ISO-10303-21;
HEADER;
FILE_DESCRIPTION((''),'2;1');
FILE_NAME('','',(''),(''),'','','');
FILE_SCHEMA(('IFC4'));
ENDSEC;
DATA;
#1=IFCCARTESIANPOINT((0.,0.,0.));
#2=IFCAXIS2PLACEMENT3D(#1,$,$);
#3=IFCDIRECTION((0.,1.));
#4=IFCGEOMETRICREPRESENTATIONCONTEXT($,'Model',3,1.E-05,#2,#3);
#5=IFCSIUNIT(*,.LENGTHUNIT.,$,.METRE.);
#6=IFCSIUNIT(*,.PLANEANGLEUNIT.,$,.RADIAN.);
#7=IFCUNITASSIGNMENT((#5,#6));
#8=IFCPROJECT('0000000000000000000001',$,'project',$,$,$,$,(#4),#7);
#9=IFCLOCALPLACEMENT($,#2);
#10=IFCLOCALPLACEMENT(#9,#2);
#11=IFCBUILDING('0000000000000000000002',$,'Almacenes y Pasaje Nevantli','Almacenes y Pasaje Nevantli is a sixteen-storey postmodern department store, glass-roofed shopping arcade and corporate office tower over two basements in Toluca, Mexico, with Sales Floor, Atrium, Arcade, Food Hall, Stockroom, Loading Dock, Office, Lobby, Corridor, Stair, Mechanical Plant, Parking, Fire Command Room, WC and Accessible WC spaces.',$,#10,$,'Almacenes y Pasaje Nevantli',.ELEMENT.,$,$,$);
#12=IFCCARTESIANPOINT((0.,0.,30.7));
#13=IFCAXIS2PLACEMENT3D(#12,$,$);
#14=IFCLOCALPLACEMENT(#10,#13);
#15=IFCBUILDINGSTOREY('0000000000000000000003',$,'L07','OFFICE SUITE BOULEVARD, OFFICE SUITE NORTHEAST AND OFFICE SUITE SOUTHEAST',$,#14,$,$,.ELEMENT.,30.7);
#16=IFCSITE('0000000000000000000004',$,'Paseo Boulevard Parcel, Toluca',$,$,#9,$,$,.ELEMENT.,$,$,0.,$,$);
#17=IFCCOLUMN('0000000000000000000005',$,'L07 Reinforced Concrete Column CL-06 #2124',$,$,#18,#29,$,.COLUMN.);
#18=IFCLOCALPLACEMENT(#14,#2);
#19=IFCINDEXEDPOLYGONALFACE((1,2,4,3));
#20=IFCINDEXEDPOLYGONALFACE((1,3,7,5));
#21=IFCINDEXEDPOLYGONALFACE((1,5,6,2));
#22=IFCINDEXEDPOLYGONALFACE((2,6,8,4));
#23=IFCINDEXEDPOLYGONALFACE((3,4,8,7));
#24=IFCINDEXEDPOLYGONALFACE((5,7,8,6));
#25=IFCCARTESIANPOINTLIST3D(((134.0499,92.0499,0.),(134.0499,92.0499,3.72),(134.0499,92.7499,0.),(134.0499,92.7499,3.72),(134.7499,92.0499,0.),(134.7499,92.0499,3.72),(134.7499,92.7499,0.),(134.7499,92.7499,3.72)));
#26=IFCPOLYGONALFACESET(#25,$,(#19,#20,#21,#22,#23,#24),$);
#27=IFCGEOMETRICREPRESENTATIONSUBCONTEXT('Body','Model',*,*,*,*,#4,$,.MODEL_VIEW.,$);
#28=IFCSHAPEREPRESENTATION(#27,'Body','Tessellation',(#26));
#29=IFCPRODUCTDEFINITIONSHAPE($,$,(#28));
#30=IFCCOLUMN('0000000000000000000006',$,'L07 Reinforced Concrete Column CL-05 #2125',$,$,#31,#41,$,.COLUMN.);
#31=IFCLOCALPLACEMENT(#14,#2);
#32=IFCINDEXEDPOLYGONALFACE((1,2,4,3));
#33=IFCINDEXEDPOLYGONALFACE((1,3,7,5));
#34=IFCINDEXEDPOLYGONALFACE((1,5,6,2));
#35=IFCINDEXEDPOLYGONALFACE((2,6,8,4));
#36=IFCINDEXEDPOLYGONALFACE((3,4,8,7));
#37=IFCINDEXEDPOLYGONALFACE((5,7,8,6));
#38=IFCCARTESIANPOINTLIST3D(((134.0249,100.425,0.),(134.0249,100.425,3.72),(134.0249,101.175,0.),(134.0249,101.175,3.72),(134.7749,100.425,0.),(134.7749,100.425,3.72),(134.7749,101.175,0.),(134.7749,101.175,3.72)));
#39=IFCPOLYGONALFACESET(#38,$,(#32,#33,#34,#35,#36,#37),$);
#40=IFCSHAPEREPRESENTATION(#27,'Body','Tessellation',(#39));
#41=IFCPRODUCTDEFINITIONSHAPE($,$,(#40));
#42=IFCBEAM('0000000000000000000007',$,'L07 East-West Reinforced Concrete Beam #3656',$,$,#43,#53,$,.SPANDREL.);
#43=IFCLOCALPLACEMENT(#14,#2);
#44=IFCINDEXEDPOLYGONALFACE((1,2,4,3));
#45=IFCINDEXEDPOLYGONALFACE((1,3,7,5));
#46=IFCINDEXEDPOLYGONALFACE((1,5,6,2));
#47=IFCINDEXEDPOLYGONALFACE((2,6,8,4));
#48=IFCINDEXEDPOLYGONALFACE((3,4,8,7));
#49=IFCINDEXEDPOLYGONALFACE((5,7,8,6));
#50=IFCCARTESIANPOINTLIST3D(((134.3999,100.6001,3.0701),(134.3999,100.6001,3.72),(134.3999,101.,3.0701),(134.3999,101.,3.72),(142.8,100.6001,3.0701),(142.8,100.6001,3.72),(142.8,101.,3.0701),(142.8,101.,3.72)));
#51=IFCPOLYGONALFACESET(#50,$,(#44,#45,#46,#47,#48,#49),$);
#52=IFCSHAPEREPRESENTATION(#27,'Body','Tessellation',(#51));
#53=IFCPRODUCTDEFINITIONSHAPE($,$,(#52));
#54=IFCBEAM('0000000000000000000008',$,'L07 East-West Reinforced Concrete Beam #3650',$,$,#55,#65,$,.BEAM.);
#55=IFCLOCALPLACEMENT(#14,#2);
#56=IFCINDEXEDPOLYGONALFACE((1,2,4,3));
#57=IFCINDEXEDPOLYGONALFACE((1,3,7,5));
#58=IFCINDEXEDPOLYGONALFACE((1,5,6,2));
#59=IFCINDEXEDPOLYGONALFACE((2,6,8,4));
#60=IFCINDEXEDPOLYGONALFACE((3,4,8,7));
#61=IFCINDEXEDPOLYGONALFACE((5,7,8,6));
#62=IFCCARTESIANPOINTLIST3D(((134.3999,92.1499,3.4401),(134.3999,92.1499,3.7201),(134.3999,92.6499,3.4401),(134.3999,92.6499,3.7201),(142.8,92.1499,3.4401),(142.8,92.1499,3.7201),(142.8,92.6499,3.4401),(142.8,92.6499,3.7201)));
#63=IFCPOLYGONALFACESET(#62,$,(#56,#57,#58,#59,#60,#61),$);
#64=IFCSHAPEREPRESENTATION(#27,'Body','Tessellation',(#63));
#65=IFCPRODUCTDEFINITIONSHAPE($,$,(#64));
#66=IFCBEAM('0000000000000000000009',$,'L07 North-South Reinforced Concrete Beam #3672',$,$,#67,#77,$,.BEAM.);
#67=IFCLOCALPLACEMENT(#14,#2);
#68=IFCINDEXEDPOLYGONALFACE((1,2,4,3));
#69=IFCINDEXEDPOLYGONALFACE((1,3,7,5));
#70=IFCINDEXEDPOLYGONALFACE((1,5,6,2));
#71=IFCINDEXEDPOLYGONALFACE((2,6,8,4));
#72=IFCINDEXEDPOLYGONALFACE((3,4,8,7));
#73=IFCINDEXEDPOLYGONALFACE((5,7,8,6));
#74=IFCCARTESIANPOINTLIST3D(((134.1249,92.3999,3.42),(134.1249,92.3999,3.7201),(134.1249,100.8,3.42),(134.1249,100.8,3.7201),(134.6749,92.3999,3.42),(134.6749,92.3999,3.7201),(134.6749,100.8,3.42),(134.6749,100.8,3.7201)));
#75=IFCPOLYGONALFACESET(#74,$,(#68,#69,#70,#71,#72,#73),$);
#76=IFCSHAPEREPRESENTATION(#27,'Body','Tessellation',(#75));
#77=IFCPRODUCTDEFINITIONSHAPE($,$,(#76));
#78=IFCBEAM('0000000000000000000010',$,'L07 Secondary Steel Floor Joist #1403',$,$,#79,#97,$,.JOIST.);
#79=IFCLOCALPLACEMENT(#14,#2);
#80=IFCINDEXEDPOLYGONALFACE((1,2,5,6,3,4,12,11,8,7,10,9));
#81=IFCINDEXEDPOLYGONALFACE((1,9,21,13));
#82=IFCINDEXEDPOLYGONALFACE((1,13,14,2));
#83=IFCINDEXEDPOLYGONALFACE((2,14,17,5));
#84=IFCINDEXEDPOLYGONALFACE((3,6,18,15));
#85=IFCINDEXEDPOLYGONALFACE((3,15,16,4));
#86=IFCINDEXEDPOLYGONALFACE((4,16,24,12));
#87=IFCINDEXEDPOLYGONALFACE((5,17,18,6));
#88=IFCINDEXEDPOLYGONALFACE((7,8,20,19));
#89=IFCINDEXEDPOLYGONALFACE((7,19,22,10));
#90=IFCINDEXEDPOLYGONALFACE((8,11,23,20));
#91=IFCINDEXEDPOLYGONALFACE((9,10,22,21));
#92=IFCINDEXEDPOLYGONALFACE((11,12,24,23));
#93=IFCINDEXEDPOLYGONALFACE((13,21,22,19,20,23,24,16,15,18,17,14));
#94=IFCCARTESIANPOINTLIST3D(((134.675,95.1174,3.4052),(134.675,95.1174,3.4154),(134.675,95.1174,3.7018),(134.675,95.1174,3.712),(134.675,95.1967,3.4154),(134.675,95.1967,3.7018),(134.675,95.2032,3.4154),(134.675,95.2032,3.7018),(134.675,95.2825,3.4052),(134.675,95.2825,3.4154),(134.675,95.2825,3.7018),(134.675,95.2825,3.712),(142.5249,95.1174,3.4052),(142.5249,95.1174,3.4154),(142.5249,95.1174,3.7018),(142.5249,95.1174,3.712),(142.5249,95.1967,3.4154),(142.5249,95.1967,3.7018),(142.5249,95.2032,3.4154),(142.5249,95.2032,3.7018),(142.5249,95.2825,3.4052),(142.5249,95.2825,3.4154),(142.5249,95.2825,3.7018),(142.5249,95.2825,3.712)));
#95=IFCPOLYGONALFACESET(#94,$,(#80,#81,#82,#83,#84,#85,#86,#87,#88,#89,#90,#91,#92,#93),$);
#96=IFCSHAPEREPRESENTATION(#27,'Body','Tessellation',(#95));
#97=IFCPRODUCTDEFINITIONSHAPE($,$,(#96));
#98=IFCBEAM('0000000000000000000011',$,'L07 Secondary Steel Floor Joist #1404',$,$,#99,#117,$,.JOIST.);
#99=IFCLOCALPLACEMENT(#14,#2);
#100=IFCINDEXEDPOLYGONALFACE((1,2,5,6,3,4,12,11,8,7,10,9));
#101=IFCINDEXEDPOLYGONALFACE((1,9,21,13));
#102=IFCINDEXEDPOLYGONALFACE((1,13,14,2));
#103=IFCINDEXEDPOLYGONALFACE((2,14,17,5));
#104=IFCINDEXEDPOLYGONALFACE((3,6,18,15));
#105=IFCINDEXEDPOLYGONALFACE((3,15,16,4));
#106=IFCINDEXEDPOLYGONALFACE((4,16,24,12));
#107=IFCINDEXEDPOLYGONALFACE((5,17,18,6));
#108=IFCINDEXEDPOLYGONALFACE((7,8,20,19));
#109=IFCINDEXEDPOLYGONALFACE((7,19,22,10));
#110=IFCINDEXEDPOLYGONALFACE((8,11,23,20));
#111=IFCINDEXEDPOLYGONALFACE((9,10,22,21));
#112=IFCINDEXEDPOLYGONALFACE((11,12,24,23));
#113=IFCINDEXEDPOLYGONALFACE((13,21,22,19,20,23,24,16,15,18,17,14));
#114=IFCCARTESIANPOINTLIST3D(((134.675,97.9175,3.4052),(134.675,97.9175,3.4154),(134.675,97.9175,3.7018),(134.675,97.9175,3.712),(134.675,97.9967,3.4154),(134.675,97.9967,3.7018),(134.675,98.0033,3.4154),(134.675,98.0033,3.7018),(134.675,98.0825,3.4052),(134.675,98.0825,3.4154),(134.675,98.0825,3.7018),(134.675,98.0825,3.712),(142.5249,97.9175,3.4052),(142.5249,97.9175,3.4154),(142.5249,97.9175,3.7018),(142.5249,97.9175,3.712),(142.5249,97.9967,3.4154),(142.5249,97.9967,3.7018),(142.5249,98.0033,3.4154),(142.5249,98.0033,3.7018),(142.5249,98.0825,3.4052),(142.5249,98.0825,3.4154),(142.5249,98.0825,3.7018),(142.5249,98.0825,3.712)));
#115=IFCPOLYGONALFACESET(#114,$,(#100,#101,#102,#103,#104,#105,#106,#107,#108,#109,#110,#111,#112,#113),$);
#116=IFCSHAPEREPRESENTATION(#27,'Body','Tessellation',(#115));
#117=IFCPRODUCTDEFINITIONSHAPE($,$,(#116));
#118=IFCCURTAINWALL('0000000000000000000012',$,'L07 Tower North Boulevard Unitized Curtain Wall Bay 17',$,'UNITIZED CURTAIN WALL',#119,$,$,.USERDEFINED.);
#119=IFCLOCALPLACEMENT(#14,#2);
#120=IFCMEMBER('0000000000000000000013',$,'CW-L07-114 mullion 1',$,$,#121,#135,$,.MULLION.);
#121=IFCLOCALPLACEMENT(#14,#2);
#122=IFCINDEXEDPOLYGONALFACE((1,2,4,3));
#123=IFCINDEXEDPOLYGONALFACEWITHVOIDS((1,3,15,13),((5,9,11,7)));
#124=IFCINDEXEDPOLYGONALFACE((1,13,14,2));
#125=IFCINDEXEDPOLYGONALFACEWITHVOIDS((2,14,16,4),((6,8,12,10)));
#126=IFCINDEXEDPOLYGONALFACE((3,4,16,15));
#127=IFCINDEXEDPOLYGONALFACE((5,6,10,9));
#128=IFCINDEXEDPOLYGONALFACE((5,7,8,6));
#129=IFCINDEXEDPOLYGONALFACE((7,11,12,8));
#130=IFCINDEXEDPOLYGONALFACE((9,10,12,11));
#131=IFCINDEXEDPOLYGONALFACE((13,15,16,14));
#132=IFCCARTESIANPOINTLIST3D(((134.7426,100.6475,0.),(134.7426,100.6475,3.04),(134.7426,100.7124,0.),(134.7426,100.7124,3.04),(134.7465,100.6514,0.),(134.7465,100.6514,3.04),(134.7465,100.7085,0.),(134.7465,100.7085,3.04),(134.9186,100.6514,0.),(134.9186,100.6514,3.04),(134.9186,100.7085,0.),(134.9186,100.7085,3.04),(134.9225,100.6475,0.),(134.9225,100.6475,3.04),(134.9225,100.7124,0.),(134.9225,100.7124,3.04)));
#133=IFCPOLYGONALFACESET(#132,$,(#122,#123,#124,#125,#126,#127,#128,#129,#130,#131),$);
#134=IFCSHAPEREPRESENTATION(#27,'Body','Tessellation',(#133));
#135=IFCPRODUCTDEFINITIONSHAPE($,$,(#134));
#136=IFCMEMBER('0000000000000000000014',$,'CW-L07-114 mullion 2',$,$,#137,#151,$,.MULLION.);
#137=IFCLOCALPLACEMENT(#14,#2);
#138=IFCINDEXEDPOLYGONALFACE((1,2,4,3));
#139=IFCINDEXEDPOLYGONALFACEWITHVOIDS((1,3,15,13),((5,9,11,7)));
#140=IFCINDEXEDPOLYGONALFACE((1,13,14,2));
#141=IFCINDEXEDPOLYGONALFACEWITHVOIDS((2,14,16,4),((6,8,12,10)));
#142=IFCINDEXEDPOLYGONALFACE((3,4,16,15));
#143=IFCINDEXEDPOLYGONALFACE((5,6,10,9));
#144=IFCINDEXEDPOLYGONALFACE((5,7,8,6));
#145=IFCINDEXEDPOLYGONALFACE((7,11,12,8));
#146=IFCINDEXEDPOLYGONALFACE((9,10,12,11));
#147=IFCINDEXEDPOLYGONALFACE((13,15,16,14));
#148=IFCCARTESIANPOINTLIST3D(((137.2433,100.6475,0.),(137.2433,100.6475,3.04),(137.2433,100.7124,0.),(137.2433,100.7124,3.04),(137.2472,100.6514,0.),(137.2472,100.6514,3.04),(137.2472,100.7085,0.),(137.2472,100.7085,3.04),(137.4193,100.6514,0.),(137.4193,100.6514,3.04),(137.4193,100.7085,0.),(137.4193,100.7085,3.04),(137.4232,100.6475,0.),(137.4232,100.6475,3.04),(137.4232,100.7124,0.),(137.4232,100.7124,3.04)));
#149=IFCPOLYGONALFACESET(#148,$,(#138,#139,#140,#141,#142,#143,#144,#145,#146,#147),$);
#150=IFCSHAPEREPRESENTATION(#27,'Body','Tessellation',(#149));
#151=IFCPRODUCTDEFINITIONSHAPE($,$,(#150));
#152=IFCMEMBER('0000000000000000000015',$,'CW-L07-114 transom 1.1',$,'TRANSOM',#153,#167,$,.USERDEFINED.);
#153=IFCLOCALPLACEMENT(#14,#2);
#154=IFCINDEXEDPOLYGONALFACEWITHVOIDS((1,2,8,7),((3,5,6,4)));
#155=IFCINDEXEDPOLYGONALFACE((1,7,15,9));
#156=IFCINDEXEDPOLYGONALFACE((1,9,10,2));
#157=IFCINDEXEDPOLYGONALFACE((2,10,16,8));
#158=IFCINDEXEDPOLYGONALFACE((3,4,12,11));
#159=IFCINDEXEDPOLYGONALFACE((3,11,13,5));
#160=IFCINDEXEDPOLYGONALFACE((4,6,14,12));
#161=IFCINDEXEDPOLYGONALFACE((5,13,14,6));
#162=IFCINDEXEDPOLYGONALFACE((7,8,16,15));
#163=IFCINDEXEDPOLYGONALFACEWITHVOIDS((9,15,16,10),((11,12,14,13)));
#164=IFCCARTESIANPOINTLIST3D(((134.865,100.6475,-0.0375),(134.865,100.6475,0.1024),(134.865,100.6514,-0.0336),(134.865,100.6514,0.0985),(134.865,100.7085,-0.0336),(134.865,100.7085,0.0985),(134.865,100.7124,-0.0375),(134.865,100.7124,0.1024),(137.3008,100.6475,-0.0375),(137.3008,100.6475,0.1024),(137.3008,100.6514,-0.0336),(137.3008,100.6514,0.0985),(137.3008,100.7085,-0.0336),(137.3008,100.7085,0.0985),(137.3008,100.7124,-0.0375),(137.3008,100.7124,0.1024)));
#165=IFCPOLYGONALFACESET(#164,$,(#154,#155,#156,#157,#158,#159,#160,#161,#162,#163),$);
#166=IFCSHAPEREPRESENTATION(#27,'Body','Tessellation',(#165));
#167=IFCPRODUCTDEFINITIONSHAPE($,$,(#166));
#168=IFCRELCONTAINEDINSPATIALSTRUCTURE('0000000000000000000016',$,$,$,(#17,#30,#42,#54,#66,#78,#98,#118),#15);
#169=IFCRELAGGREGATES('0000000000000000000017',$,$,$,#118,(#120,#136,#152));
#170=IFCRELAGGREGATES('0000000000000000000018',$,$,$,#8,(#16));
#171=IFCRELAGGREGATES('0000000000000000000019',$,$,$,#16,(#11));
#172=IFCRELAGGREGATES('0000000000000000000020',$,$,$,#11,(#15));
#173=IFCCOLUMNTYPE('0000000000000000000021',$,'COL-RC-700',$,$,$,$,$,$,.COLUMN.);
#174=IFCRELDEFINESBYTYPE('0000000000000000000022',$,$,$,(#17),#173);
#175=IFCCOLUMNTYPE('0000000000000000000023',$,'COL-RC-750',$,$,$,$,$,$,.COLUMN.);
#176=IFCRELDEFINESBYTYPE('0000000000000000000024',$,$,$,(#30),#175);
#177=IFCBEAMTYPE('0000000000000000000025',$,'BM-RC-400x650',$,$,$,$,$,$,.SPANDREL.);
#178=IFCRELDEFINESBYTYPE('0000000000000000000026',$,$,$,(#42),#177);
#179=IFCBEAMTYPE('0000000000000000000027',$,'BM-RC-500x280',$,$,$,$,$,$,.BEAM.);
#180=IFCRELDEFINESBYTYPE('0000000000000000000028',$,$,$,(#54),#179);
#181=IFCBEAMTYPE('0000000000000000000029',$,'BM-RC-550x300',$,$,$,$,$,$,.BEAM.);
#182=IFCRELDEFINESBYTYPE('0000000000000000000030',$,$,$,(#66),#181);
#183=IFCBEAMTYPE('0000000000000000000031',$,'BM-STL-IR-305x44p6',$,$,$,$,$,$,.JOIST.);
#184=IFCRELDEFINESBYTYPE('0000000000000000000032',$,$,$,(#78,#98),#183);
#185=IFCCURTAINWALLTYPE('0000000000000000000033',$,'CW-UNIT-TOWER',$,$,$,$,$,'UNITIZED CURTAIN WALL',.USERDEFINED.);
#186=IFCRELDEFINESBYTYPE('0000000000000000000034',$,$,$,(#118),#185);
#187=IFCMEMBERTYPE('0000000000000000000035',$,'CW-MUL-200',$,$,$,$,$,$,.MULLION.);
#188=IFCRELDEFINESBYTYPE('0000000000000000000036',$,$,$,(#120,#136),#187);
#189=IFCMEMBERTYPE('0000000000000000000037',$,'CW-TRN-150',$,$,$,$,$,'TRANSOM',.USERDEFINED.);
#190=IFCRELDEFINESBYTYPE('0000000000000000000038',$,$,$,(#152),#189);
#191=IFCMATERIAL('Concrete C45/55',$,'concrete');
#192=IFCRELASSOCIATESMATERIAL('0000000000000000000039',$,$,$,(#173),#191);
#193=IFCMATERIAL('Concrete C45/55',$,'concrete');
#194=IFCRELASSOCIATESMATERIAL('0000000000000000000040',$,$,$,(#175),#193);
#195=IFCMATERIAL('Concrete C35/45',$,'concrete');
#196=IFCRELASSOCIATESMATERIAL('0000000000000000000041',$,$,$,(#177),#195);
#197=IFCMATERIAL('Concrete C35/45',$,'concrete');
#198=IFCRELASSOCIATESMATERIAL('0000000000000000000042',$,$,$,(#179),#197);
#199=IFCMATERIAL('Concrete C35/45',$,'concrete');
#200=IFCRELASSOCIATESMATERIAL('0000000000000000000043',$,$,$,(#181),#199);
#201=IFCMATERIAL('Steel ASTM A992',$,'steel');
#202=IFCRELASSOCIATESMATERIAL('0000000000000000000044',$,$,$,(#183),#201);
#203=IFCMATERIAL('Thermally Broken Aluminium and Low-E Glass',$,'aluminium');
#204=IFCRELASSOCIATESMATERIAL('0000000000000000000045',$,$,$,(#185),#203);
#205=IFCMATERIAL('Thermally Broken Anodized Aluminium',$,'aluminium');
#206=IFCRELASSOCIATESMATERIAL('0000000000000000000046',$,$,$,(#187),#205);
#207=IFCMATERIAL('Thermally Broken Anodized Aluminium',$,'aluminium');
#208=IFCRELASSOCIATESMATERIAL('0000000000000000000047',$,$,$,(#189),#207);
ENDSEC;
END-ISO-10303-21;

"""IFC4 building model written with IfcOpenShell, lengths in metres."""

from ifc_helpers import new_model, si_unit, direction, frame, origin, origin_2d, place, context, subcontext, project, spatial, rectangle, hollow_rectangle, i_section, extrude, material, material_profile, profile_set, type_object, element, aggregate, save


model = new_model("IFC4")

# Units and contexts
model_context = context("Model", 3, precision=1e-05, world=origin(), true_north=direction((0.0, 1.0)))
body_context = subcontext(model_context, "Body", "Model", "MODEL_VIEW")
ifc_project = project(units=[si_unit("LENGTHUNIT", "METRE"), si_unit("PLANEANGLEUNIT", "RADIAN")], contexts=[model_context])

# Site, building, storey
site_placement = place(None, origin())
site = spatial("IfcSite", under=ifc_project, at=site_placement, Name="Paseo Boulevard Parcel, Toluca", CompositionType="ELEMENT", RefElevation=0.0)
building_placement = place(site_placement, origin())
building = spatial("IfcBuilding", under=site, at=building_placement, Name="Almacenes y Pasaje Nevantli", Description="Almacenes y Pasaje Nevantli is a sixteen-storey postmodern department store, glass-roofed shopping arcade and corporate office tower over two basements in Toluca, Mexico, with Sales Floor, Atrium, Arcade, Food Hall, Stockroom, Loading Dock, Office, Lobby, Corridor, Stair, Mechanical Plant, Parking, Fire Command Room, WC and Accessible WC spaces.", LongName="Almacenes y Pasaje Nevantli", CompositionType="ELEMENT")
storey_placement = place(building_placement, frame((0.0, 0.0, 30.7)))
storey = spatial("IfcBuildingStorey", under=building, at=storey_placement, Name="L07", Description="OFFICE SUITE BOULEVARD, OFFICE SUITE NORTHEAST AND OFFICE SUITE SOUTHEAST", CompositionType="ELEMENT", Elevation=30.7)

# Columns
ifc_material_1 = material(Name="Concrete C45/55", Category="concrete")
ifc_material_profile_1 = material_profile(ifc_material_1, rectangle(XDim=0.7, YDim=0.7, at=origin_2d()), Name="RC-COL-700x700")
ifc_profile_set_1 = profile_set([ifc_material_profile_1], Name="Concrete C45/55")
column_type_1 = type_object("IfcColumnType", Name="COL-RC-700", PredefinedType="COLUMN", material=ifc_profile_set_1)
column_1_placement = place(storey_placement, frame((134.3999, 92.3999, 0.0), z_axis=(0.0, 0.0, 1.0), x_axis=(1.0, 0.0, 0.0)))
element("IfcColumn", 1, at=column_1_placement, inside=storey, type_object=column_type_1, Name="L07 Reinforced Concrete Column CL-06 #2124", PredefinedType="COLUMN", context=body_context, shape_type="SweptSolid", body=[
    extrude(rectangle(XDim=0.7, YDim=0.7, at=origin_2d()), origin(), (0.0, 0.0, 1.0), 3.72),
])
ifc_material_2 = material(Name="Concrete C45/55", Category="concrete")
ifc_material_profile_2 = material_profile(ifc_material_2, rectangle(XDim=0.75, YDim=0.75, at=origin_2d()), Name="RC-COL-750x750")
ifc_profile_set_2 = profile_set([ifc_material_profile_2], Name="Concrete C45/55")
column_type_2 = type_object("IfcColumnType", Name="COL-RC-750", PredefinedType="COLUMN", material=ifc_profile_set_2)
column_2_placement = place(storey_placement, frame((134.3999, 100.8, 0.0), z_axis=(0.0, 0.0, 1.0), x_axis=(1.0, 0.0, 0.0)))
element("IfcColumn", 2, at=column_2_placement, inside=storey, type_object=column_type_2, Name="L07 Reinforced Concrete Column CL-05 #2125", PredefinedType="COLUMN", context=body_context, shape_type="SweptSolid", body=[
    extrude(rectangle(XDim=0.75, YDim=0.75, at=origin_2d()), origin(), (0.0, 0.0, 1.0), 3.72),
])

# Beams
ifc_material_3 = material(Name="Concrete C35/45", Category="concrete")
ifc_material_profile_3 = material_profile(ifc_material_3, rectangle(XDim=0.3999, YDim=0.6499, at=origin_2d()), Name="RC-BM-400x650")
ifc_profile_set_3 = profile_set([ifc_material_profile_3], Name="Concrete C35/45")
beam_type_1 = type_object("IfcBeamType", Name="BM-RC-400x650", PredefinedType="SPANDREL", material=ifc_profile_set_3)
beam_1_placement = place(storey_placement, frame((134.3999, 100.8, 3.395), z_axis=(1.0, 0.0, 0.0), x_axis=(0.0, 1.0, 0.0)))
element("IfcBeam", 3, at=beam_1_placement, inside=storey, type_object=beam_type_1, Name="L07 East-West Reinforced Concrete Beam #3656", PredefinedType="SPANDREL", context=body_context, shape_type="SweptSolid", body=[
    extrude(rectangle(XDim=0.3999, YDim=0.6499, at=origin_2d()), origin(), (0.0, 0.0, 1.0), 8.4001),
])
ifc_material_4 = material(Name="Concrete C35/45", Category="concrete")
ifc_material_profile_4 = material_profile(ifc_material_4, rectangle(XDim=0.5, YDim=0.28, at=origin_2d()), Name="RC-BM-500x280")
ifc_profile_set_4 = profile_set([ifc_material_profile_4], Name="Concrete C35/45")
beam_type_2 = type_object("IfcBeamType", Name="BM-RC-500x280", PredefinedType="BEAM", material=ifc_profile_set_4)
beam_2_placement = place(storey_placement, frame((134.3999, 92.3999, 3.5801), z_axis=(1.0, 0.0, 0.0), x_axis=(0.0, 1.0, 0.0)))
element("IfcBeam", 4, at=beam_2_placement, inside=storey, type_object=beam_type_2, Name="L07 East-West Reinforced Concrete Beam #3650", PredefinedType="BEAM", context=body_context, shape_type="SweptSolid", body=[
    extrude(rectangle(XDim=0.5, YDim=0.28, at=origin_2d()), origin(), (0.0, 0.0, 1.0), 8.4001),
])
ifc_material_5 = material(Name="Concrete C35/45", Category="concrete")
ifc_material_profile_5 = material_profile(ifc_material_5, rectangle(XDim=0.55, YDim=0.3, at=origin_2d()), Name="RC-BM-550x300")
ifc_profile_set_5 = profile_set([ifc_material_profile_5], Name="Concrete C35/45")
beam_type_3 = type_object("IfcBeamType", Name="BM-RC-550x300", PredefinedType="BEAM", material=ifc_profile_set_5)
beam_3_placement = place(storey_placement, frame((134.3999, 92.3999, 3.5701), z_axis=(0.0, 1.0, 0.0), x_axis=(-1.0, 0.0, 0.0)))
element("IfcBeam", 5, at=beam_3_placement, inside=storey, type_object=beam_type_3, Name="L07 North-South Reinforced Concrete Beam #3672", PredefinedType="BEAM", context=body_context, shape_type="SweptSolid", body=[
    extrude(rectangle(XDim=0.55, YDim=0.3, at=origin_2d()), origin(), (0.0, 0.0, 1.0), 8.4001),
])
ifc_material_6 = material(Name="Steel ASTM A992", Category="steel")
ifc_material_profile_6 = material_profile(ifc_material_6, i_section(OverallWidth=0.165, OverallDepth=0.3069, WebThickness=0.0066, FlangeThickness=0.0103, at=origin_2d()), Name="IR 305x44.6")
ifc_profile_set_6 = profile_set([ifc_material_profile_6], Name="Steel ASTM A992")
beam_type_4 = type_object("IfcBeamType", Name="BM-STL-IR-305x44p6", PredefinedType="JOIST", material=ifc_profile_set_6)
for number, where, z_axis, x_axis, name in (
    (6, (134.675, 95.2, 3.5586), (1.0, 0.0, 0.0), (0.0, 1.0, 0.0), "L07 Secondary Steel Floor Joist #1403"),
    (7, (134.675, 98.0, 3.5586), (1.0, 0.0, 0.0), (0.0, 1.0, 0.0), "L07 Secondary Steel Floor Joist #1404"),
):
    element("IfcBeam", number, at=place(storey_placement, frame(where, z_axis=z_axis, x_axis=x_axis)), inside=storey, type_object=beam_type_4, Name=name, PredefinedType="JOIST", context=body_context, shape_type="SweptSolid", body=[
        extrude(i_section(OverallWidth=0.165, OverallDepth=0.3069, WebThickness=0.0066, FlangeThickness=0.0103, at=origin_2d()), origin(), (0.0, 0.0, 1.0), 7.8499),
    ])

# Curtain wall, members
ifc_material_7 = material(Name="Thermally Broken Aluminium and Low-E Glass", Category="aluminium")
curtain_wall_type = type_object("IfcCurtainWallType", Name="CW-UNIT-TOWER", ElementType="UNITIZED CURTAIN WALL", PredefinedType="USERDEFINED", material=ifc_material_7)
curtain_wall_placement = place(storey_placement, origin())
curtain_wall = element("IfcCurtainWall", 8, at=curtain_wall_placement, inside=storey, type_object=curtain_wall_type, Name="L07 Tower North Boulevard Unitized Curtain Wall Bay 17", ObjectType="UNITIZED CURTAIN WALL", PredefinedType="USERDEFINED")
ifc_material_8 = material(Name="Thermally Broken Anodized Aluminium", Category="aluminium")
ifc_material_profile_7 = material_profile(ifc_material_8, hollow_rectangle(XDim=0.0649, YDim=0.1799, WallThickness=0.0039, at=origin_2d()), Name="ALU-MUL-65x180")
ifc_profile_set_7 = profile_set([ifc_material_profile_7], Name="Thermally Broken Anodized Aluminium")
member_type_1 = type_object("IfcMemberType", Name="CW-MUL-200", PredefinedType="MULLION", material=ifc_profile_set_7)
member_1_placement = place(storey_placement, frame((134.8325, 100.6799, 0.0), z_axis=(0.0, 0.0, 1.0), x_axis=(0.0, 1.0, 0.0)))
member_1 = element("IfcMember", 9, at=member_1_placement, type_object=member_type_1, Name="CW-L07-114 mullion 1", PredefinedType="MULLION", context=body_context, shape_type="SweptSolid", body=[
    extrude(hollow_rectangle(XDim=0.0649, YDim=0.1799, WallThickness=0.0039, at=origin_2d()), origin(), (0.0, 0.0, 1.0), 3.04),
])
member_2_placement = place(storey_placement, frame((137.3333, 100.6799, 0.0), z_axis=(0.0, 0.0, 1.0), x_axis=(0.0, 1.0, 0.0)))
member_2 = element("IfcMember", 10, at=member_2_placement, type_object=member_type_1, Name="CW-L07-114 mullion 2", PredefinedType="MULLION", context=body_context, shape_type="SweptSolid", body=[
    extrude(hollow_rectangle(XDim=0.0649, YDim=0.1799, WallThickness=0.0039, at=origin_2d()), origin(), (0.0, 0.0, 1.0), 3.04),
])
ifc_material_9 = material(Name="Thermally Broken Anodized Aluminium", Category="aluminium")
ifc_material_profile_8 = material_profile(ifc_material_9, hollow_rectangle(XDim=0.0649, YDim=0.1399, WallThickness=0.0039, at=origin_2d()), Name="ALU-TRN-65x140")
ifc_profile_set_8 = profile_set([ifc_material_profile_8], Name="Thermally Broken Anodized Aluminium")
member_type_2 = type_object("IfcMemberType", Name="CW-TRN-150", ElementType="TRANSOM", PredefinedType="USERDEFINED", material=ifc_profile_set_8)
member_3_placement = place(storey_placement, frame((134.865, 100.6799, 0.0325), z_axis=(1.0, 0.0, 0.0), x_axis=(0.0, 1.0, 0.0)))
member_3 = element("IfcMember", 11, at=member_3_placement, type_object=member_type_2, Name="CW-L07-114 transom 1.1", ObjectType="TRANSOM", PredefinedType="USERDEFINED", context=body_context, shape_type="SweptSolid", body=[
    extrude(hollow_rectangle(XDim=0.0649, YDim=0.1399, WallThickness=0.0039, at=origin_2d()), origin(), (0.0, 0.0, 1.0), 2.4358),
])
aggregate(curtain_wall, [member_1, member_2, member_3])

save(model, "model.ifc")
